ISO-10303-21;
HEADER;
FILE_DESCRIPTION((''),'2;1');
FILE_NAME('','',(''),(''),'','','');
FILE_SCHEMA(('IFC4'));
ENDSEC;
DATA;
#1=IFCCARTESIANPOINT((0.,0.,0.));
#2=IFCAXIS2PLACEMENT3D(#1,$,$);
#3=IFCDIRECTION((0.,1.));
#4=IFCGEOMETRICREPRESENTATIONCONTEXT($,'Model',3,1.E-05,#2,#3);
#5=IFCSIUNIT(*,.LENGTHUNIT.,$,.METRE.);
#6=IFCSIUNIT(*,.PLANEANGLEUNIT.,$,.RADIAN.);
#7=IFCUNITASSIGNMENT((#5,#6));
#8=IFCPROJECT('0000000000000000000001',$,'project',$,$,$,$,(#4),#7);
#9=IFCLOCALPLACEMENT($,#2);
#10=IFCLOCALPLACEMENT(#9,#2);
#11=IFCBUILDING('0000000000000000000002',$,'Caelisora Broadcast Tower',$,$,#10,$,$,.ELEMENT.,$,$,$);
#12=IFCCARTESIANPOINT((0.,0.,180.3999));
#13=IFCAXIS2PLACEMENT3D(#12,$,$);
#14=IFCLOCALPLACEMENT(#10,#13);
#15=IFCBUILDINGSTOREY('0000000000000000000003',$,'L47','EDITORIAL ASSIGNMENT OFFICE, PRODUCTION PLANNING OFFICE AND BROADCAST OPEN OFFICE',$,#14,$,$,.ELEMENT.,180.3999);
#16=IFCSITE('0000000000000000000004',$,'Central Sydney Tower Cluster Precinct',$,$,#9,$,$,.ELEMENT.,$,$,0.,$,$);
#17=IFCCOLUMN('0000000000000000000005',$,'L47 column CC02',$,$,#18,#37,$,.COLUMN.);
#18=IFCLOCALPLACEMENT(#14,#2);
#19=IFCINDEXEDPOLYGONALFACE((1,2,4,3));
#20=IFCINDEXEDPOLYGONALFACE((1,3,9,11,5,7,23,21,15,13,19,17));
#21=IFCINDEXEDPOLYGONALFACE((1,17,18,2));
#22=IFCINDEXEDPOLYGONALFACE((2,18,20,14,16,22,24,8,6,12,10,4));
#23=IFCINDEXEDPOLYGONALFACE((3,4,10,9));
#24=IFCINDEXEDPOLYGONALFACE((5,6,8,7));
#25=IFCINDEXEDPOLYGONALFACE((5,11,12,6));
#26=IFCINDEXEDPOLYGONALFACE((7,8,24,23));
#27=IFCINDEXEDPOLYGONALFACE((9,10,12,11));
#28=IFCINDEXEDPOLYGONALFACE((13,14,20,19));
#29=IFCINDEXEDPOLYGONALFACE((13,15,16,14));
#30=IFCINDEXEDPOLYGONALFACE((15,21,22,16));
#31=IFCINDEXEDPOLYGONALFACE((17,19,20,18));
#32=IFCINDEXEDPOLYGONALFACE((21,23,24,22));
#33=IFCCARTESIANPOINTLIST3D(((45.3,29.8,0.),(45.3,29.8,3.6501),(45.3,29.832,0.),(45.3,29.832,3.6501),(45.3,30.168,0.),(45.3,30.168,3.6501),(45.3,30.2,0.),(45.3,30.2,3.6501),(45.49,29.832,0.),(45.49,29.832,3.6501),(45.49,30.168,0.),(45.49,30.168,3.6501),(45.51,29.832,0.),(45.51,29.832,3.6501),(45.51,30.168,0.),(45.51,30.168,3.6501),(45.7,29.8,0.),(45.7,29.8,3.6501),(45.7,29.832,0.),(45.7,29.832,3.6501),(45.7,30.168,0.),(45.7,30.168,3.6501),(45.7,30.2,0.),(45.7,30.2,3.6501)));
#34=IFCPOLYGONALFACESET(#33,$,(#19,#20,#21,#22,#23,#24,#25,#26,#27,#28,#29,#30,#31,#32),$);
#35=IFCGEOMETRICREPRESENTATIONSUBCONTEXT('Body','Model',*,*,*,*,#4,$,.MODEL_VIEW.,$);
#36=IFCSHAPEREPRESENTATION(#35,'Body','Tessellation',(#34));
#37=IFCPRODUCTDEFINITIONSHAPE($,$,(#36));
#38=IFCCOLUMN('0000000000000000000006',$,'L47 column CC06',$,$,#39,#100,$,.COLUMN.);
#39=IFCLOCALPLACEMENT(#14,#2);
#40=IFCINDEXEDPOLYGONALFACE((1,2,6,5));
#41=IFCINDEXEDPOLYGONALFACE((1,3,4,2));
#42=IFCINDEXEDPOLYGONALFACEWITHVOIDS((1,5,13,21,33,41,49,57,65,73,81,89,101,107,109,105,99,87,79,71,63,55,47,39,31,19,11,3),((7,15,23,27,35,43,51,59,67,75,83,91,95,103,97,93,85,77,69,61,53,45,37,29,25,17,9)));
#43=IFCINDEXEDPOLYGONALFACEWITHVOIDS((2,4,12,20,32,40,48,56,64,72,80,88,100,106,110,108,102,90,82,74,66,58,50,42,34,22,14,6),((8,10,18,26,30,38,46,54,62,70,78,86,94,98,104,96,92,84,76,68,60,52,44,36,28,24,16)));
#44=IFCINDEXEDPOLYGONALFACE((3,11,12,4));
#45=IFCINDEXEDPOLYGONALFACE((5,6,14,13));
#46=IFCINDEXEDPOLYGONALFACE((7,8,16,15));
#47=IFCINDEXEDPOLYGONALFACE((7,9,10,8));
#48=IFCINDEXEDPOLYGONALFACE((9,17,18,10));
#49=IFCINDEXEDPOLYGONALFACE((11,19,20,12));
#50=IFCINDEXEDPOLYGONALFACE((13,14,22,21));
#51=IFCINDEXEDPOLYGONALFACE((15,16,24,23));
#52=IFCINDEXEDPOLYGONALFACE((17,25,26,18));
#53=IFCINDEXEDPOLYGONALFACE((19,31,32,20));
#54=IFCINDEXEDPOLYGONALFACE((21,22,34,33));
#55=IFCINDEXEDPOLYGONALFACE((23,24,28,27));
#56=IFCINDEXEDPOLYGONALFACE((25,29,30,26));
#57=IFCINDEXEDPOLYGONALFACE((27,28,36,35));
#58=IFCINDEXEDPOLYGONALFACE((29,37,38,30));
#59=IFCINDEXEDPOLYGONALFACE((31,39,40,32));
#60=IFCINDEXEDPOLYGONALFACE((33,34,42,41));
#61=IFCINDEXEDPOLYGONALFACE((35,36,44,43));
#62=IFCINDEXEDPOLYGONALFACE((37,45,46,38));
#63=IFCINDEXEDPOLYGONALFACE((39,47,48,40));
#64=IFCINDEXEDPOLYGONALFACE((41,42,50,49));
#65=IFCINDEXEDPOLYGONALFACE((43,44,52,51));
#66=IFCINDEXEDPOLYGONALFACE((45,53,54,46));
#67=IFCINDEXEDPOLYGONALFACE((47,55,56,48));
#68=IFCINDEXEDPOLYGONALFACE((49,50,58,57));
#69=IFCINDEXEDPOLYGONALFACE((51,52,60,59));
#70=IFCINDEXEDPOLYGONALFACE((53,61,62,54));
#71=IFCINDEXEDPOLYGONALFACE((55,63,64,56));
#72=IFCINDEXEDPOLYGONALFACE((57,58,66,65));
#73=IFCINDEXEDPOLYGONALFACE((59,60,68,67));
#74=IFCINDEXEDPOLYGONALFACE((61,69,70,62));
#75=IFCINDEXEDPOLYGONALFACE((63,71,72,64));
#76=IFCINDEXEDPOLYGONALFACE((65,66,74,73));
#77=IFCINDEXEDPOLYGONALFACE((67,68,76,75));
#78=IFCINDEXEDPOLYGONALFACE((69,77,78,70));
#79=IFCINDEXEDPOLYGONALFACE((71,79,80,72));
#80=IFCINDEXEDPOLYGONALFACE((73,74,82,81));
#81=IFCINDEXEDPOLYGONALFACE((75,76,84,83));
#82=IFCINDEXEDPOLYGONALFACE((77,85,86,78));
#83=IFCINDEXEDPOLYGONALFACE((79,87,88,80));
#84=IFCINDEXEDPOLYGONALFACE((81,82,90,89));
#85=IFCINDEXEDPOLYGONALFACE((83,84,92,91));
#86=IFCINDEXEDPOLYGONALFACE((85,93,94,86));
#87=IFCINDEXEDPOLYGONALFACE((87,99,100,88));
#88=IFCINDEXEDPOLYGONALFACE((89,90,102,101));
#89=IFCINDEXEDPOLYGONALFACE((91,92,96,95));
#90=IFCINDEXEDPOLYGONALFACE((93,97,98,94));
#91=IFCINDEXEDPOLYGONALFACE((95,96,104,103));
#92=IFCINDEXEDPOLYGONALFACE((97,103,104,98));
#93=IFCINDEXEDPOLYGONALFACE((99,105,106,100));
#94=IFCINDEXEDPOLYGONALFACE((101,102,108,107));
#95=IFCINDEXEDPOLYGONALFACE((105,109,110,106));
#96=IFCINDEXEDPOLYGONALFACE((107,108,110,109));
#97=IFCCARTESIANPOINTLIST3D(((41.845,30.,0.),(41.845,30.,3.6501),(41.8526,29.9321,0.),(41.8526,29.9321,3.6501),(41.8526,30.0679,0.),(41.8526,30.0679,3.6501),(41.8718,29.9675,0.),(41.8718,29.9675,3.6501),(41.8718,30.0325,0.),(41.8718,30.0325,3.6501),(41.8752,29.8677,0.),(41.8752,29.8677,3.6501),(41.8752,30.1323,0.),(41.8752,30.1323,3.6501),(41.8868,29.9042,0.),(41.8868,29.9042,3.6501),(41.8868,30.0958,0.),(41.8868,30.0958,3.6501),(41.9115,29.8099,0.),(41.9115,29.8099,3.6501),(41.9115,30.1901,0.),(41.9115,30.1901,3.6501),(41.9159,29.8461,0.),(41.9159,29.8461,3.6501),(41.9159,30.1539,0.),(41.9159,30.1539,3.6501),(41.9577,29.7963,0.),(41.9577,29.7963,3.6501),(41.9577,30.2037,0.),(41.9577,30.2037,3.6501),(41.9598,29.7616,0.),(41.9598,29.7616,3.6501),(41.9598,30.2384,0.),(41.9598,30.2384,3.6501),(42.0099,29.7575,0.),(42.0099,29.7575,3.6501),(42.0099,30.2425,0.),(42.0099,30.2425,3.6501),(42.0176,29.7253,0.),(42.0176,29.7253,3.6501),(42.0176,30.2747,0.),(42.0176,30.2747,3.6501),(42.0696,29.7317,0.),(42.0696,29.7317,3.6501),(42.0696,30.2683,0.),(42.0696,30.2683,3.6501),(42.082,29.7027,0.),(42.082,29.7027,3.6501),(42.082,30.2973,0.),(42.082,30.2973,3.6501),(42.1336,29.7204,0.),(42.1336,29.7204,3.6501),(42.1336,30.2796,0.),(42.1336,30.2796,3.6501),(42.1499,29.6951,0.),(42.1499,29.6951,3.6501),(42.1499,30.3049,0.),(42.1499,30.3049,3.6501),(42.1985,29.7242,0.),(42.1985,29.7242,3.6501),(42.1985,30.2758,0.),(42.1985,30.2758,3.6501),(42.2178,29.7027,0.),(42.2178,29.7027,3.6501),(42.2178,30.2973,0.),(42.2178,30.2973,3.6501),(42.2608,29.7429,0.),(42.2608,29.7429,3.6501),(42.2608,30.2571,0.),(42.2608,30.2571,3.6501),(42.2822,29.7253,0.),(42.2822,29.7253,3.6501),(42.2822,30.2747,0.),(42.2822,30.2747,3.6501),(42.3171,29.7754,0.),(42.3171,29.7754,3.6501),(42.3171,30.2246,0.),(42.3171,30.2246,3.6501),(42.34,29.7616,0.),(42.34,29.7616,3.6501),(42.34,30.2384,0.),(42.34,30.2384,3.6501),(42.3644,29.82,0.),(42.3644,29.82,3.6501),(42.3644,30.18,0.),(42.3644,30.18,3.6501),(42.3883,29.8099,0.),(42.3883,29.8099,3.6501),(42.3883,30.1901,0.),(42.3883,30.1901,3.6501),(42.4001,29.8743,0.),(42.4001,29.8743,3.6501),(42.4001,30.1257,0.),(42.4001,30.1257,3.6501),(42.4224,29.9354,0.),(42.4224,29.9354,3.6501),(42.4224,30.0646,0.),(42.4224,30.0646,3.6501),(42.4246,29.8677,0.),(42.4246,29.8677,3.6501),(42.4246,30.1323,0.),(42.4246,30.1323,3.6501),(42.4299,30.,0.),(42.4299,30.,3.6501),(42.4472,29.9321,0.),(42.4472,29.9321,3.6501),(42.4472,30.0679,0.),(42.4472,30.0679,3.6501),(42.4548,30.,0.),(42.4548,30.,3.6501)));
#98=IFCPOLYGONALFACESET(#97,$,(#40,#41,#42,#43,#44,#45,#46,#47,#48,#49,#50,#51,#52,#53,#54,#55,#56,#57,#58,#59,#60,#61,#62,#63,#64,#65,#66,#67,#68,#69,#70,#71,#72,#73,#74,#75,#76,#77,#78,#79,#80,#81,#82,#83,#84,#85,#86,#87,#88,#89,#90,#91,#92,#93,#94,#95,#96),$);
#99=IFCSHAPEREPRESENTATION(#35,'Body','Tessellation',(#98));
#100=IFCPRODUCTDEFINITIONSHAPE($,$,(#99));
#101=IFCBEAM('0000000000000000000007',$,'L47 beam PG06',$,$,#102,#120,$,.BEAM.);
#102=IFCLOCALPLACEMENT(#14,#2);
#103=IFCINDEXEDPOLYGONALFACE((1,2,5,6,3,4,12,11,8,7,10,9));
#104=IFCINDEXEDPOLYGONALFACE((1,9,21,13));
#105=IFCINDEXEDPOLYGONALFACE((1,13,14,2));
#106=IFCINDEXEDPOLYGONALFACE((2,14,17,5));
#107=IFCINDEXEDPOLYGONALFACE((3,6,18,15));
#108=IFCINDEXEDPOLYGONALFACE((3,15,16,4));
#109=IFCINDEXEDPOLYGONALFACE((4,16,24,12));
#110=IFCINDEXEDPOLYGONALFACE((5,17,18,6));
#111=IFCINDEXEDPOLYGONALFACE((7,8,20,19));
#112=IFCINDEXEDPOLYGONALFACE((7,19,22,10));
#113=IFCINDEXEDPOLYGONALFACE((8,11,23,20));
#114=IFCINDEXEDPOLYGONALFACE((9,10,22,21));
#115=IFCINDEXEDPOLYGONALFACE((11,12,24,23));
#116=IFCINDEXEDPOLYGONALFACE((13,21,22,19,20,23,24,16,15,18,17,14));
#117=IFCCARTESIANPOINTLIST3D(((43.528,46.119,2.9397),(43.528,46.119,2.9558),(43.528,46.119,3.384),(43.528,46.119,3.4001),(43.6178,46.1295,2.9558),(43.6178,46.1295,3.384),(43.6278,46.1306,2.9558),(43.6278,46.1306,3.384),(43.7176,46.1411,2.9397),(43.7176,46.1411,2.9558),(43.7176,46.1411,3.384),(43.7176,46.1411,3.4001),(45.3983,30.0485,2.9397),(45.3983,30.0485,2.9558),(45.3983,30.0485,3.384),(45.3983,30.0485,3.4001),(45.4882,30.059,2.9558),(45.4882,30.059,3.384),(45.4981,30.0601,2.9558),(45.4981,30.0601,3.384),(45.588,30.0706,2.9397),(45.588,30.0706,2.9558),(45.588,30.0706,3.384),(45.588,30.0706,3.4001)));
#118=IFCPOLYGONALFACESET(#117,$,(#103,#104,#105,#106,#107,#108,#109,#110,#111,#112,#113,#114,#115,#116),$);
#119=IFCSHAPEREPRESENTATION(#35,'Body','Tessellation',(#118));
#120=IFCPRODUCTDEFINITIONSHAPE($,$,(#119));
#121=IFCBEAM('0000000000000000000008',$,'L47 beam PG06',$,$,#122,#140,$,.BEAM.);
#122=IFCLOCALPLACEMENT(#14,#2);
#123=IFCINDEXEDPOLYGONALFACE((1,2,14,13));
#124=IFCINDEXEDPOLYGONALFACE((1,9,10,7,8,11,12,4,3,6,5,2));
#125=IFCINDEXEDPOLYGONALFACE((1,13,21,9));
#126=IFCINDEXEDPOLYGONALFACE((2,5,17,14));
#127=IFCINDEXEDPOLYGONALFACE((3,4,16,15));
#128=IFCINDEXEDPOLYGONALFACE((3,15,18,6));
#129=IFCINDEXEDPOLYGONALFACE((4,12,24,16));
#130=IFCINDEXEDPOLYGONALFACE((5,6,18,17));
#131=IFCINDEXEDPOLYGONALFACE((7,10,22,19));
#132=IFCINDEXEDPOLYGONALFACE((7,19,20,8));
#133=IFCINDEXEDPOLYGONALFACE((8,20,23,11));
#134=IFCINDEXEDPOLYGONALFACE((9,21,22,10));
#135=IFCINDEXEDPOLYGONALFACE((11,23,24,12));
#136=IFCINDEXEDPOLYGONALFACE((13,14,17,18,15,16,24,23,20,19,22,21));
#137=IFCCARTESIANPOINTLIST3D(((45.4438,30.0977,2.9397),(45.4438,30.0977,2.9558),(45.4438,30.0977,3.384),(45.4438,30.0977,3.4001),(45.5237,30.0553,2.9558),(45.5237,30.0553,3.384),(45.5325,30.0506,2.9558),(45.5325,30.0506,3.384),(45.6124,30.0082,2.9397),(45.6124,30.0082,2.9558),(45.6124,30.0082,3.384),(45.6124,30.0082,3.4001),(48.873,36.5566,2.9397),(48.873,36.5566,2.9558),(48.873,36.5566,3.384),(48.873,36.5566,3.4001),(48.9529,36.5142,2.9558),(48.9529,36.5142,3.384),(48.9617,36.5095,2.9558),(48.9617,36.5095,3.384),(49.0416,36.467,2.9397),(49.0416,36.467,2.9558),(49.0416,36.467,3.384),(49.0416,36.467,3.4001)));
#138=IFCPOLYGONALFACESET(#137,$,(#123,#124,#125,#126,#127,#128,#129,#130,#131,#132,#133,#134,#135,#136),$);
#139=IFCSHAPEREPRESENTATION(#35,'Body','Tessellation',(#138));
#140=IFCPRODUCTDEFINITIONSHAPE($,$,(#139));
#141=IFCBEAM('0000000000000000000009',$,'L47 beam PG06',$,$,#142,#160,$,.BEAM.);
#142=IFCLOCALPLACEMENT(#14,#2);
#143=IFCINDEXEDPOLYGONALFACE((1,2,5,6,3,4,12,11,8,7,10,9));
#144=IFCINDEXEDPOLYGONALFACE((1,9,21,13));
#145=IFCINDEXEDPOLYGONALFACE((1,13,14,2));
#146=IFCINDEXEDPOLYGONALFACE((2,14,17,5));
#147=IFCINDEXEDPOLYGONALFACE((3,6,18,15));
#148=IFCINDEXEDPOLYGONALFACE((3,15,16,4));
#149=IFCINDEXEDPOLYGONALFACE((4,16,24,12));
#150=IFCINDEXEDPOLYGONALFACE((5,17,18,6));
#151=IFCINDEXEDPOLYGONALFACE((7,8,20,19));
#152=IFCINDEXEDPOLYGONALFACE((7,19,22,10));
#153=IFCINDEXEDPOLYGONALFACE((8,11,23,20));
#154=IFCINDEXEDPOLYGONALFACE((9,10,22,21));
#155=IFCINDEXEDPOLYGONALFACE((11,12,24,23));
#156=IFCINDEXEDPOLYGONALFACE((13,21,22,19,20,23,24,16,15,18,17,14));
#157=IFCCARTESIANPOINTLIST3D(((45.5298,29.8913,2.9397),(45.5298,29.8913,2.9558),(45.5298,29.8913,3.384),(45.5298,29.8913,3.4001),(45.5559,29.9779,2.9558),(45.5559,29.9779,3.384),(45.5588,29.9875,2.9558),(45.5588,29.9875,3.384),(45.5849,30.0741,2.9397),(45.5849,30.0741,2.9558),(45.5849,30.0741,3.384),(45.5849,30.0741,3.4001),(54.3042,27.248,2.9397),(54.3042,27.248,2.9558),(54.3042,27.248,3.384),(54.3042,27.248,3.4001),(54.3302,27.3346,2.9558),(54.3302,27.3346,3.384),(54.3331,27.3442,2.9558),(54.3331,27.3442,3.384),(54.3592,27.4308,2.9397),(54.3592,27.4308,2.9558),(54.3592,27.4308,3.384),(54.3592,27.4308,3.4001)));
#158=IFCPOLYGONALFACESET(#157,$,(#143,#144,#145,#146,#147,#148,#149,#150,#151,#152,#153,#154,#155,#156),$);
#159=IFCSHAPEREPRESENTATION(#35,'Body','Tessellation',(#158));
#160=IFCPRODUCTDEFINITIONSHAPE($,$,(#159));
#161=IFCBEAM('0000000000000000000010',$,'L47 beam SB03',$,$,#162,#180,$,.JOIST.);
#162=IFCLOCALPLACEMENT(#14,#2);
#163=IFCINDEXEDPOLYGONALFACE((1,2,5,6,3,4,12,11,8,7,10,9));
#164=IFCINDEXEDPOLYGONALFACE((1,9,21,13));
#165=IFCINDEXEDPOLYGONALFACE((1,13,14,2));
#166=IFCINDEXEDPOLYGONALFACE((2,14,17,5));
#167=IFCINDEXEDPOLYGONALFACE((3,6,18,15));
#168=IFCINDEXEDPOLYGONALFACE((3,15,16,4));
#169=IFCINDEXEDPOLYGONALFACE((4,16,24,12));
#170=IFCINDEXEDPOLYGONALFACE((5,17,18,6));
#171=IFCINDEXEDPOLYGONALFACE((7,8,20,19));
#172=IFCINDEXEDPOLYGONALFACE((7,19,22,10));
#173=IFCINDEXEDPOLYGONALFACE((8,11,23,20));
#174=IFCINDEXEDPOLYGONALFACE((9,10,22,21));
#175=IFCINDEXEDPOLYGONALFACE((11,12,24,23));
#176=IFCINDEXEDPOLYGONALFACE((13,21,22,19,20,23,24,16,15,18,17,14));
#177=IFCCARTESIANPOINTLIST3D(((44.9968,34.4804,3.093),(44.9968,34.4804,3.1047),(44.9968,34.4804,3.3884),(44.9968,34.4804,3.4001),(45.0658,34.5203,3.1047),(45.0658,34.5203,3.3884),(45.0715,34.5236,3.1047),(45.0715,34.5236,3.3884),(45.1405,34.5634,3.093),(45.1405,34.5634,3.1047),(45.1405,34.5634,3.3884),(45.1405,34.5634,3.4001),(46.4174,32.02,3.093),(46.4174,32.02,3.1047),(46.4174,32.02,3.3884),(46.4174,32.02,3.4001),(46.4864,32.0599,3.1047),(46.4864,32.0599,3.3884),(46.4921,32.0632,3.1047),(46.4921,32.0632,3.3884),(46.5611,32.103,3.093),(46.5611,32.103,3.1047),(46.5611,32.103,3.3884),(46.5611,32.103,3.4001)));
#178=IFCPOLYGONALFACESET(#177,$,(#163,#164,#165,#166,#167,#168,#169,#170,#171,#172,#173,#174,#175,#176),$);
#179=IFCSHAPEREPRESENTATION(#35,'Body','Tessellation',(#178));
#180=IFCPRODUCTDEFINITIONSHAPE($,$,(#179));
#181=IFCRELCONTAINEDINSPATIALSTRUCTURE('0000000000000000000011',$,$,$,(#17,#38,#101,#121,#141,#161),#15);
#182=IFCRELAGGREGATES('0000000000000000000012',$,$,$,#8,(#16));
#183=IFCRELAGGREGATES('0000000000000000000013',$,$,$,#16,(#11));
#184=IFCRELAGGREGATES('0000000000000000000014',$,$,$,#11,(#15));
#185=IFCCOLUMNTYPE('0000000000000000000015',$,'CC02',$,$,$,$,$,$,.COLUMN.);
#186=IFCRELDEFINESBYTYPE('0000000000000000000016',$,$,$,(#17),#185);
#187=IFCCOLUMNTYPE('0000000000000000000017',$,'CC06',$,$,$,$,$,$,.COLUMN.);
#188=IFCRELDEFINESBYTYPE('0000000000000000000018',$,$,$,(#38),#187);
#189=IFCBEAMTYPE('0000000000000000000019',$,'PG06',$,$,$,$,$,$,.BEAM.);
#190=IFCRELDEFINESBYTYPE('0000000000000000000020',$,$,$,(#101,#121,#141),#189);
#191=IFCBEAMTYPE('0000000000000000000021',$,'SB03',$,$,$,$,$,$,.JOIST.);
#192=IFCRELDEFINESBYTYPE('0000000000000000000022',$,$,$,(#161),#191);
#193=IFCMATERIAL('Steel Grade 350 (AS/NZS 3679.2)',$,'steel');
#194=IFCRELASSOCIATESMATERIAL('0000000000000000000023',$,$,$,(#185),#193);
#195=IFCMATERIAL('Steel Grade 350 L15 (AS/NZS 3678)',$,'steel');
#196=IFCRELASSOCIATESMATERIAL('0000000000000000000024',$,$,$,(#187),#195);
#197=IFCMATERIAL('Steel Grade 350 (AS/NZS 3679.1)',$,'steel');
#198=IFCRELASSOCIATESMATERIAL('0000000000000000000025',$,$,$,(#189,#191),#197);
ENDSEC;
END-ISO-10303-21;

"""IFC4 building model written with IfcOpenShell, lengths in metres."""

from ifc_helpers import new_model, si_unit, direction, frame, origin, origin_2d, place, context, subcontext, project, spatial, hollow_circle, i_section, extrude, source, transform, mapped, material, material_profile, profile_set, type_object, type_shapes, element, save


model = new_model("IFC4")

# Units and contexts
model_context = context("Model", 3, precision=1e-05, world=origin(), true_north=direction((0.0, 1.0)))
body_context = subcontext(model_context, "Body", "Model", "MODEL_VIEW")
ifc_project = project(units=[si_unit("LENGTHUNIT", "METRE"), si_unit("PLANEANGLEUNIT", "RADIAN")], contexts=[model_context])

# Site, building, storey
site_placement = place(None, origin())
site = spatial("IfcSite", under=ifc_project, at=site_placement, Name="Central Sydney Tower Cluster Precinct", CompositionType="ELEMENT", RefElevation=0.0)
building_placement = place(site_placement, origin())
building = spatial("IfcBuilding", under=site, at=building_placement, Name="Caelisora Broadcast Tower", CompositionType="ELEMENT")
storey_placement = place(building_placement, frame((0.0, 0.0, 180.3999)))
storey = spatial("IfcBuildingStorey", under=building, at=storey_placement, Name="L47", Description="EDITORIAL ASSIGNMENT OFFICE, PRODUCTION PLANNING OFFICE AND BROADCAST OPEN OFFICE", CompositionType="ELEMENT", Elevation=180.3999)

# Columns
ifc_material_1 = material(Name="Steel Grade 350 (AS/NZS 3679.2)", Category="steel")
ifc_material_profile_1 = material_profile(ifc_material_1, i_section(OverallWidth=0.3999, OverallDepth=0.3999, WebThickness=0.02, FlangeThickness=0.032, at=origin_2d()), Name="Steel Grade 350 (AS/NZS 3679.2)")
ifc_profile_set_1 = profile_set([ifc_material_profile_1], Name="Steel Grade 350 (AS/NZS 3679.2)")
column_type_1 = type_object("IfcColumnType", Name="CC02", PredefinedType="COLUMN", material=ifc_profile_set_1)
shared_shape_1 = source(origin(), body_context, "Body", "SweptSolid", [
    extrude(i_section(OverallWidth=0.3999, OverallDepth=0.3999, WebThickness=0.02, FlangeThickness=0.032, at=origin_2d()), origin(), (0.0, 0.0, 1.0), 3.6501),
])
type_shapes(column_type_1, [shared_shape_1])
column_1_placement = place(storey_placement, frame((45.5, 30.0, 0.0), z_axis=(0.0, 0.0, 1.0), x_axis=(1.0, 0.0, 0.0)))
element("IfcColumn", 1, at=column_1_placement, inside=storey, type_object=column_type_1, Name="L47 column CC02", PredefinedType="COLUMN", context=body_context, shape_type="MappedRepresentation", body=[
    mapped(shared_shape_1, transform((0.0, 0.0, 0.0), scale=1.0)),
])
ifc_material_2 = material(Name="Steel Grade 350 L15 (AS/NZS 3678)", Category="steel")
ifc_material_profile_2 = material_profile(ifc_material_2, hollow_circle(Radius=0.3049, WallThickness=0.0249, at=origin_2d()), Name="Steel Grade 350 L15 (AS/NZS 3678)")
ifc_profile_set_2 = profile_set([ifc_material_profile_2], Name="Steel Grade 350 L15 (AS/NZS 3678)")
column_type_2 = type_object("IfcColumnType", Name="CC06", PredefinedType="COLUMN", material=ifc_profile_set_2)
shared_shape_2 = source(origin(), body_context, "Body", "SweptSolid", [
    extrude(hollow_circle(Radius=0.3049, WallThickness=0.0249, at=origin_2d()), origin(), (0.0, 0.0, 1.0), 3.6501),
])
type_shapes(column_type_2, [shared_shape_2])
column_2_placement = place(storey_placement, frame((42.1499, 30.0, 0.0), z_axis=(0.0, 0.0, 1.0), x_axis=(1.0, 0.0, 0.0)))
element("IfcColumn", 2, at=column_2_placement, inside=storey, type_object=column_type_2, Name="L47 column CC06", PredefinedType="COLUMN", context=body_context, shape_type="MappedRepresentation", body=[
    mapped(shared_shape_2, transform((0.0, 0.0, 0.0), scale=1.0)),
])

# Beams
ifc_material_3 = material(Name="Steel Grade 350 (AS/NZS 3679.1)", Category="steel")
ifc_material_profile_3 = material_profile(ifc_material_3, i_section(OverallWidth=0.1909, OverallDepth=0.4604, WebThickness=0.01, FlangeThickness=0.0161, at=origin_2d()), Name="Steel Grade 350 (AS/NZS 3679.1)")
ifc_profile_set_3 = profile_set([ifc_material_profile_3], Name="Steel Grade 350 (AS/NZS 3679.1)")
beam_type_1 = type_object("IfcBeamType", Name="PG06", PredefinedType="BEAM", material=ifc_profile_set_3)
shared_shape_3 = source(origin(), body_context, "Body", "SweptSolid", [
    extrude(i_section(OverallWidth=0.1909, OverallDepth=0.4604, WebThickness=0.01, FlangeThickness=0.0161, at=origin_2d()), origin(), (0.0, 0.0, 1.0), 16.179),
])
beam_1_placement = place(storey_placement, frame((45.4932, 30.0596, 3.1699), z_axis=(-0.115604, 0.993295, 0.0), x_axis=(-0.993295, -0.115604, 0.0)))
element("IfcBeam", 3, at=beam_1_placement, inside=storey, type_object=beam_type_1, Name="L47 beam PG06", PredefinedType="BEAM", context=body_context, shape_type="MappedRepresentation", body=[
    mapped(shared_shape_3, transform((0.0, 0.0, 0.0), scale=1.0)),
])
shared_shape_4 = source(origin(), body_context, "Body", "SweptSolid", [
    extrude(i_section(OverallWidth=0.1909, OverallDepth=0.4604, WebThickness=0.01, FlangeThickness=0.0161, at=origin_2d()), origin(), (0.0, 0.0, 1.0), 7.3127),
])
beam_2_placement = place(storey_placement, frame((45.5281, 30.053, 3.1699), z_axis=(0.468941, 0.883229, 0.0), x_axis=(-0.883229, 0.468941, 0.0)))
element("IfcBeam", 4, at=beam_2_placement, inside=storey, type_object=beam_type_1, Name="L47 beam PG06", PredefinedType="BEAM", context=body_context, shape_type="MappedRepresentation", body=[
    mapped(shared_shape_4, transform((0.0, 0.0, 0.0), scale=1.0)),
])
shared_shape_5 = source(origin(), body_context, "Body", "SweptSolid", [
    extrude(i_section(OverallWidth=0.1909, OverallDepth=0.4604, WebThickness=0.01, FlangeThickness=0.0161, at=origin_2d()), origin(), (0.0, 0.0, 1.0), 9.1638),
])
type_shapes(beam_type_1, [shared_shape_3, shared_shape_4, shared_shape_5])
beam_3_placement = place(storey_placement, frame((45.5574, 29.9827, 3.1699), z_axis=(0.957496, -0.288448, 0.0), x_axis=(0.288448, 0.957496, 0.0)))
element("IfcBeam", 5, at=beam_3_placement, inside=storey, type_object=beam_type_1, Name="L47 beam PG06", PredefinedType="BEAM", context=body_context, shape_type="MappedRepresentation", body=[
    mapped(shared_shape_5, transform((0.0, 0.0, 0.0), scale=1.0)),
])
ifc_material_profile_4 = material_profile(ifc_material_3, i_section(OverallWidth=0.166, OverallDepth=0.3071, WebThickness=0.0066, FlangeThickness=0.0117, at=origin_2d()), Name="Steel Grade 350 (AS/NZS 3679.1)")
ifc_profile_set_4 = profile_set([ifc_material_profile_4], Name="Steel Grade 350 (AS/NZS 3679.1)")
beam_type_2 = type_object("IfcBeamType", Name="SB03", PredefinedType="JOIST", material=ifc_profile_set_4)
shared_shape_6 = source(origin(), body_context, "Body", "SweptSolid", [
    extrude(i_section(OverallWidth=0.166, OverallDepth=0.3071, WebThickness=0.0066, FlangeThickness=0.0117, at=origin_2d()), origin(), (0.0, 0.0, 1.0), 2.8411),
])
beam_4_placement = place(storey_placement, frame((46.4893, 32.0615, 3.2466), z_axis=(-0.50003, 0.866008, 0.0), x_axis=(-0.866008, -0.50003, 0.0)))
element("IfcBeam", 6, at=beam_4_placement, inside=storey, type_object=beam_type_2, Name="L47 beam SB03", PredefinedType="JOIST", context=body_context, shape_type="MappedRepresentation", body=[
    mapped(shared_shape_6, transform((0.0, 0.0, 0.0), scale=1.0)),
])

save(model, "model.ifc")
